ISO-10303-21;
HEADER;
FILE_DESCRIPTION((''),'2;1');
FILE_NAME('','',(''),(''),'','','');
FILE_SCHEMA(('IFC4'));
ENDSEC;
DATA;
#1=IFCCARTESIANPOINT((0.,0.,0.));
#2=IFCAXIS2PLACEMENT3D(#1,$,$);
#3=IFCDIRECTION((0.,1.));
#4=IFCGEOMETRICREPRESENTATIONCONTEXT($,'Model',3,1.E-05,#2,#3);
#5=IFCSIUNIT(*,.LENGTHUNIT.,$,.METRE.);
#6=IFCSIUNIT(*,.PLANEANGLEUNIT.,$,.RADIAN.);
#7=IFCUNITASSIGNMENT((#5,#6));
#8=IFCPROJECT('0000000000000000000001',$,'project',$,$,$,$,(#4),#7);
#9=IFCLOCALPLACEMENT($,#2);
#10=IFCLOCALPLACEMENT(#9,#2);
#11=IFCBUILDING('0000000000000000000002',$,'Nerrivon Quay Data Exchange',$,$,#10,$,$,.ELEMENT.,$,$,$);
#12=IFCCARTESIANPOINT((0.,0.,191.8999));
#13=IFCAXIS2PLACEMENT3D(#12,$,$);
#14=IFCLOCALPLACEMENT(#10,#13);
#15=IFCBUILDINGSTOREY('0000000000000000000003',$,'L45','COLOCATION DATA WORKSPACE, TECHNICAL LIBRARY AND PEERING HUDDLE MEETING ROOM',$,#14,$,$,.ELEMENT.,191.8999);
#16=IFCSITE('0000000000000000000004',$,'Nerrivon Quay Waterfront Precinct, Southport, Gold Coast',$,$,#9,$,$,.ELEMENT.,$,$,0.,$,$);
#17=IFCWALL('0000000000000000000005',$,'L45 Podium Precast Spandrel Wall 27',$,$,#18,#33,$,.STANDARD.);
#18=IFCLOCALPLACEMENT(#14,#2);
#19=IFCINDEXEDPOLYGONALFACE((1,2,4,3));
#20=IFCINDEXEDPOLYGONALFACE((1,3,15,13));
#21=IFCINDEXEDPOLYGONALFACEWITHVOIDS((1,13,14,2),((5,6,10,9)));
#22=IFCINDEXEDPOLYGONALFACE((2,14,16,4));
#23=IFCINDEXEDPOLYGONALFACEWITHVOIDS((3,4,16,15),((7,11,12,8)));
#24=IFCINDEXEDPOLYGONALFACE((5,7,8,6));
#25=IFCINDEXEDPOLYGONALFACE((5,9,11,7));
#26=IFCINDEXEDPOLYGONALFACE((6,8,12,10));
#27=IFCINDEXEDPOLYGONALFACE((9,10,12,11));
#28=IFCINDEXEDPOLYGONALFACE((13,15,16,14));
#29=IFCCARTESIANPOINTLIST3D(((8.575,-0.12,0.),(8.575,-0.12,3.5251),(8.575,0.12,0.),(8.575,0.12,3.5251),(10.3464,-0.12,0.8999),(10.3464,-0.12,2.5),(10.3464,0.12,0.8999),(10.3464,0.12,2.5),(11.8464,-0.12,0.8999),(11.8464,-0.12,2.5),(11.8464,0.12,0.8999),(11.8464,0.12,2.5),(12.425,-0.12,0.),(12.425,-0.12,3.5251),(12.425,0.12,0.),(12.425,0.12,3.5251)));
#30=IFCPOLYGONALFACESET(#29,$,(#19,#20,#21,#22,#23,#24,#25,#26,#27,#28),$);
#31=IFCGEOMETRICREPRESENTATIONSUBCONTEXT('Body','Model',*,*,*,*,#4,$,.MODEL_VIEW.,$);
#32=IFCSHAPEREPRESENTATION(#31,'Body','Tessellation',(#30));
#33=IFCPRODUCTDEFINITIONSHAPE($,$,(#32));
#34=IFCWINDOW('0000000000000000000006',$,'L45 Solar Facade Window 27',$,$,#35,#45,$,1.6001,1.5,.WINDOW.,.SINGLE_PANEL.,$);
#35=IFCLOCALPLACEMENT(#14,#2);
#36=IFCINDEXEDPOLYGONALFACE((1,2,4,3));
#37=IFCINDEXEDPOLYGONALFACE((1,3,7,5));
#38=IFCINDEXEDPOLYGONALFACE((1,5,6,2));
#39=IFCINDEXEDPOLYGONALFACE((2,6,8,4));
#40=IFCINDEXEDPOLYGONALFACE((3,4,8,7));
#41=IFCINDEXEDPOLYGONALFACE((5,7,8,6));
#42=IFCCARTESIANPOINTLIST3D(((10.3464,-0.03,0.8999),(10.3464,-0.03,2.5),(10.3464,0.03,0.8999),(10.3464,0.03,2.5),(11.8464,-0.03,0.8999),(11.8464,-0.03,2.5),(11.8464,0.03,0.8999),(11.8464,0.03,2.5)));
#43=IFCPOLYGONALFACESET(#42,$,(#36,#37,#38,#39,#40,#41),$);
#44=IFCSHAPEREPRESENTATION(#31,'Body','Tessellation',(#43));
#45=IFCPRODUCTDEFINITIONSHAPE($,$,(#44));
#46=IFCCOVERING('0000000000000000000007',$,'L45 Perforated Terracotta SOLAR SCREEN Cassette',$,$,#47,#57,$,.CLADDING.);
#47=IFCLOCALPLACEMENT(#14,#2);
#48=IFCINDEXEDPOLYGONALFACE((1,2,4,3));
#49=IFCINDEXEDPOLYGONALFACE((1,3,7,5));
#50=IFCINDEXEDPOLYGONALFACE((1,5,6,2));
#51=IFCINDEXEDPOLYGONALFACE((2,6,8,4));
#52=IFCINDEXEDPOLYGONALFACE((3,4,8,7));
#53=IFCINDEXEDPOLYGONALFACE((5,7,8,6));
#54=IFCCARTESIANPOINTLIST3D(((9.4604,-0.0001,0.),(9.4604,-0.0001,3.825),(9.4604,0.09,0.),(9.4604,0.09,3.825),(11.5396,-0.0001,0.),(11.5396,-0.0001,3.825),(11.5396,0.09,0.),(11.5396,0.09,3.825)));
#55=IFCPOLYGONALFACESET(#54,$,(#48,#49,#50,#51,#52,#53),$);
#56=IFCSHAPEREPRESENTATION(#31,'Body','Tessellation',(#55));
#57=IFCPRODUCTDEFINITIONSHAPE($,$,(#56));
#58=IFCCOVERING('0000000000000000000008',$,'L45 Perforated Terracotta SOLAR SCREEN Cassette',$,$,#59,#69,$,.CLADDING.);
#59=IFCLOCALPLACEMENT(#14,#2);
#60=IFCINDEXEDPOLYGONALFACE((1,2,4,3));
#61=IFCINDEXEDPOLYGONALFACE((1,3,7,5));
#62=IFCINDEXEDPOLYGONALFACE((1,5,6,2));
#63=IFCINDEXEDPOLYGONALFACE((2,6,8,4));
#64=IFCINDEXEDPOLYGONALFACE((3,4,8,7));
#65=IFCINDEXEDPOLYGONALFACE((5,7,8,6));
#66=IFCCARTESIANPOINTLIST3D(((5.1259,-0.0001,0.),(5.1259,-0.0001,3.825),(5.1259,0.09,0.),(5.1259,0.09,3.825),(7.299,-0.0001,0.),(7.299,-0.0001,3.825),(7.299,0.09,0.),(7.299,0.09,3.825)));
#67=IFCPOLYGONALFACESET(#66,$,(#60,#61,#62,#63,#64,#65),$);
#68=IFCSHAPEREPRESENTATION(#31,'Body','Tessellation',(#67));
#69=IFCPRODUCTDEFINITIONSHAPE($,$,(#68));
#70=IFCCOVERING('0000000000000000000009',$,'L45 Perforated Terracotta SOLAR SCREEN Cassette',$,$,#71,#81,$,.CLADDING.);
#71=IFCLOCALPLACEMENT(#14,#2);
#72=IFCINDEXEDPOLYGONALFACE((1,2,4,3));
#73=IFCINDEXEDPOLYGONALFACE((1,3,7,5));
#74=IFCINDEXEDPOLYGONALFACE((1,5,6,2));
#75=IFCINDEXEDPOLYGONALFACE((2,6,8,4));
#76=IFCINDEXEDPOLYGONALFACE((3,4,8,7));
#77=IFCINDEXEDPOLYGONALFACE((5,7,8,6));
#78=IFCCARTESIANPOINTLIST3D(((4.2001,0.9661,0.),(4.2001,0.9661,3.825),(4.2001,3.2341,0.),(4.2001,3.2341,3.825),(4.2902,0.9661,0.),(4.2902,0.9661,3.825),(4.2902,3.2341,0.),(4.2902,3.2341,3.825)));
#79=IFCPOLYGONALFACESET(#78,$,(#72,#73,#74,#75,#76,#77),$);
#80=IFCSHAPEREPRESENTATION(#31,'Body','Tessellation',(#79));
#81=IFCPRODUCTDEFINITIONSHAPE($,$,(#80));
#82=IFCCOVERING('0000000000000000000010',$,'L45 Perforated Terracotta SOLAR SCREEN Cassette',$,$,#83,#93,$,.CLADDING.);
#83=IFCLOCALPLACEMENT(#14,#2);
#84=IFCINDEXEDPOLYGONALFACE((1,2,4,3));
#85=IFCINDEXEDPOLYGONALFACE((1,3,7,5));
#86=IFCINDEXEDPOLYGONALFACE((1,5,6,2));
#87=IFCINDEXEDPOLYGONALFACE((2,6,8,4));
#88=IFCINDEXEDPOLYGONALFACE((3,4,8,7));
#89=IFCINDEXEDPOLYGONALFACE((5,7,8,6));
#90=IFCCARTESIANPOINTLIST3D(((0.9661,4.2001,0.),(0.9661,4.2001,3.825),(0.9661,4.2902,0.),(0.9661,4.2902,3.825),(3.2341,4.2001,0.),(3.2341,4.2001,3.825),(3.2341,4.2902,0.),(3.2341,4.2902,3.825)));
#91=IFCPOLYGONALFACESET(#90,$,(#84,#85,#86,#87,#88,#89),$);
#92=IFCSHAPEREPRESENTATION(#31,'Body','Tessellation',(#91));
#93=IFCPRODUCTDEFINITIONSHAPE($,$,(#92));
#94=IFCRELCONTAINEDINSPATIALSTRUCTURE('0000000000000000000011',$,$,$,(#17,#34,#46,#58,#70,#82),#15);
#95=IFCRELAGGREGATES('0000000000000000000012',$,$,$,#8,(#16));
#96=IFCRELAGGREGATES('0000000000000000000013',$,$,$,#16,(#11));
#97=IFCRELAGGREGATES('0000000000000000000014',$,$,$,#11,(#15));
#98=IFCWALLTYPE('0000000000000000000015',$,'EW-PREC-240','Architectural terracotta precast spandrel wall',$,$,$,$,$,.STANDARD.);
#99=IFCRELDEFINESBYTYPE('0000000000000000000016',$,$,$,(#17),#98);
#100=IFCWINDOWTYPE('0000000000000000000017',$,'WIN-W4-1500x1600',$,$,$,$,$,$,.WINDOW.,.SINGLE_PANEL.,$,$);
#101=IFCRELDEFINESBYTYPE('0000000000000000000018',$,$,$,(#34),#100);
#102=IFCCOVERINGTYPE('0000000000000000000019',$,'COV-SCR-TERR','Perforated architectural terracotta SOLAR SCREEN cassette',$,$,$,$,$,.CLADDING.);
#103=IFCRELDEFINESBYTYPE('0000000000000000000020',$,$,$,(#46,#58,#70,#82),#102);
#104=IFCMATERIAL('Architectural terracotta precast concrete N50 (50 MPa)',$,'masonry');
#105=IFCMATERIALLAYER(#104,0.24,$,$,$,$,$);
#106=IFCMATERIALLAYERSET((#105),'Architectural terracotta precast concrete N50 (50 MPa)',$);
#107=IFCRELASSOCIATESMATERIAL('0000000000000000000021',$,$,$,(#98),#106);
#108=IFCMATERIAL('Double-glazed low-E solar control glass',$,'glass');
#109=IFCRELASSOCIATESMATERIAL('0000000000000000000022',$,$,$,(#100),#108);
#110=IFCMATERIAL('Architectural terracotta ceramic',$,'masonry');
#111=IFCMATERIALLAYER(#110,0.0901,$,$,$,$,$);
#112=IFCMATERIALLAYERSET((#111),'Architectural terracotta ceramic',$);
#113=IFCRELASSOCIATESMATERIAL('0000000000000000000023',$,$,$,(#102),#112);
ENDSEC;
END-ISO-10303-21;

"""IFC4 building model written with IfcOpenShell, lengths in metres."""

from ifc_helpers import new_model, si_unit, direction, frame, frame_2d, origin, origin_2d, place, context, subcontext, project, spatial, rectangle, extrude, material, layer, layer_set, type_object, element, fill, save


model = new_model("IFC4")

# Units and contexts
model_context = context("Model", 3, precision=1e-05, world=origin(), true_north=direction((0.0, 1.0)))
body_context = subcontext(model_context, "Body", "Model", "MODEL_VIEW")
ifc_project = project(units=[si_unit("LENGTHUNIT", "METRE"), si_unit("PLANEANGLEUNIT", "RADIAN")], contexts=[model_context])

# Site, building, storey
site_placement = place(None, origin())
site = spatial("IfcSite", under=ifc_project, at=site_placement, Name="Nerrivon Quay Waterfront Precinct, Southport, Gold Coast", CompositionType="ELEMENT", RefElevation=0.0)
building_placement = place(site_placement, origin())
building = spatial("IfcBuilding", under=site, at=building_placement, Name="Nerrivon Quay Data Exchange", CompositionType="ELEMENT")
storey_placement = place(building_placement, frame((0.0, 0.0, 191.8999)))
storey = spatial("IfcBuildingStorey", under=building, at=storey_placement, Name="L45", Description="COLOCATION DATA WORKSPACE, TECHNICAL LIBRARY AND PEERING HUDDLE MEETING ROOM", CompositionType="ELEMENT", Elevation=191.8999)

# Shared definitions
ifc_material_1 = material(Name="Double-glazed low-E solar control glass", Category="glass")

# Wall, opening, window
ifc_material_2 = material(Name="Architectural terracotta precast concrete N50 (50 MPa)", Category="masonry")
ifc_layer_1 = layer(ifc_material_2, 0.24)
ifc_layer_set_1 = layer_set([ifc_layer_1], Name="Architectural terracotta precast concrete N50 (50 MPa)")
wall_type = type_object("IfcWallType", Name="EW-PREC-240", Description="Architectural terracotta precast spandrel wall", PredefinedType="STANDARD", material=ifc_layer_set_1)
wall_placement = place(storey_placement, frame((12.425, 0.0, 0.0), z_axis=(0.0, 0.0, 1.0), x_axis=(-1.0, 0.0, 0.0)))
wall = element("IfcWall", 1, at=wall_placement, inside=storey, type_object=wall_type, Name="L45 Podium Precast Spandrel Wall 27", PredefinedType="STANDARD", context=body_context, shape_type="SweptSolid", body=[
    extrude(rectangle(XDim=3.8501, YDim=0.24, at=frame_2d((1.925, 0.0))), origin(), (0.0, 0.0, 1.0), 3.5251),
])
opening_placement = place(wall_placement, frame((0.5786, 0.0, 0.8999)))
opening = element("IfcOpeningElement", 2, at=opening_placement, cuts=wall, PredefinedType="OPENING", context=body_context, shape_type="SweptSolid", body=[
    extrude(rectangle(XDim=1.5, YDim=1.6001, at=frame_2d((0.75, 0.8))), frame((0.0, 0.1299, 0.0), z_axis=(0.0, -1.0, 0.0), x_axis=(1.0, 0.0, 0.0)), (0.0, 0.0, 1.0), 0.26),
])
window_type = type_object("IfcWindowType", Name="WIN-W4-1500x1600", PartitioningType="SINGLE_PANEL", PredefinedType="WINDOW", material=ifc_material_1)
window_placement = place(opening_placement, origin())
window = element("IfcWindow", 3, at=window_placement, inside=storey, type_object=window_type, Name="L45 Solar Facade Window 27", OverallHeight=1.6001, OverallWidth=1.5, PartitioningType="SINGLE_PANEL", PredefinedType="WINDOW", context=body_context, shape_type="SweptSolid", body=[
    extrude(rectangle(XDim=1.5, YDim=1.6001, at=frame_2d((0.75, 0.8))), frame((0.0, 0.03, 0.0), z_axis=(0.0, -1.0, 0.0), x_axis=(1.0, 0.0, 0.0)), (0.0, 0.0, 1.0), 0.0601),
])
fill(opening, window)

# Coverings
ifc_material_3 = material(Name="Architectural terracotta ceramic", Category="masonry")
ifc_layer_2 = layer(ifc_material_3, 0.0901)
ifc_layer_set_2 = layer_set([ifc_layer_2], Name="Architectural terracotta ceramic")
covering_type = type_object("IfcCoveringType", Name="COV-SCR-TERR", Description="Perforated architectural terracotta SOLAR SCREEN cassette", PredefinedType="CLADDING", material=ifc_layer_set_2)
covering_1_placement = place(storey_placement, frame((10.5, 0.0449, 0.0), z_axis=(0.0, 0.0, 1.0), x_axis=(-1.0, 0.0, 0.0)))
element("IfcCovering", 4, at=covering_1_placement, inside=storey, type_object=covering_type, Name="L45 Perforated Terracotta SOLAR SCREEN Cassette", PredefinedType="CLADDING", context=body_context, shape_type="SweptSolid", body=[
    extrude(rectangle(XDim=2.0791, YDim=0.0901, at=origin_2d()), origin(), (0.0, 0.0, 1.0), 3.825),
])
covering_2_placement = place(storey_placement, frame((6.2124, 0.0449, 0.0), z_axis=(0.0, 0.0, 1.0), x_axis=(-1.0, 0.0, 0.0)))
element("IfcCovering", 5, at=covering_2_placement, inside=storey, type_object=covering_type, Name="L45 Perforated Terracotta SOLAR SCREEN Cassette", PredefinedType="CLADDING", context=body_context, shape_type="SweptSolid", body=[
    extrude(rectangle(XDim=2.1731, YDim=0.0901, at=origin_2d()), origin(), (0.0, 0.0, 1.0), 3.825),
])
for number, where, z_axis, x_axis, name in (
    (6, (4.2451, 2.1001, 0.0), (0.0, 0.0, 1.0), (0.0, 1.0, 0.0), "L45 Perforated Terracotta SOLAR SCREEN Cassette"),
    (7, (2.1001, 4.2451, 0.0), (0.0, 0.0, 1.0), (-1.0, 0.0, 0.0), "L45 Perforated Terracotta SOLAR SCREEN Cassette"),
):
    element("IfcCovering", number, at=place(storey_placement, frame(where, z_axis=z_axis, x_axis=x_axis)), inside=storey, type_object=covering_type, Name=name, PredefinedType="CLADDING", context=body_context, shape_type="SweptSolid", body=[
        extrude(rectangle(XDim=2.2681, YDim=0.0901, at=origin_2d()), origin(), (0.0, 0.0, 1.0), 3.825),
    ])

save(model, "model.ifc")
